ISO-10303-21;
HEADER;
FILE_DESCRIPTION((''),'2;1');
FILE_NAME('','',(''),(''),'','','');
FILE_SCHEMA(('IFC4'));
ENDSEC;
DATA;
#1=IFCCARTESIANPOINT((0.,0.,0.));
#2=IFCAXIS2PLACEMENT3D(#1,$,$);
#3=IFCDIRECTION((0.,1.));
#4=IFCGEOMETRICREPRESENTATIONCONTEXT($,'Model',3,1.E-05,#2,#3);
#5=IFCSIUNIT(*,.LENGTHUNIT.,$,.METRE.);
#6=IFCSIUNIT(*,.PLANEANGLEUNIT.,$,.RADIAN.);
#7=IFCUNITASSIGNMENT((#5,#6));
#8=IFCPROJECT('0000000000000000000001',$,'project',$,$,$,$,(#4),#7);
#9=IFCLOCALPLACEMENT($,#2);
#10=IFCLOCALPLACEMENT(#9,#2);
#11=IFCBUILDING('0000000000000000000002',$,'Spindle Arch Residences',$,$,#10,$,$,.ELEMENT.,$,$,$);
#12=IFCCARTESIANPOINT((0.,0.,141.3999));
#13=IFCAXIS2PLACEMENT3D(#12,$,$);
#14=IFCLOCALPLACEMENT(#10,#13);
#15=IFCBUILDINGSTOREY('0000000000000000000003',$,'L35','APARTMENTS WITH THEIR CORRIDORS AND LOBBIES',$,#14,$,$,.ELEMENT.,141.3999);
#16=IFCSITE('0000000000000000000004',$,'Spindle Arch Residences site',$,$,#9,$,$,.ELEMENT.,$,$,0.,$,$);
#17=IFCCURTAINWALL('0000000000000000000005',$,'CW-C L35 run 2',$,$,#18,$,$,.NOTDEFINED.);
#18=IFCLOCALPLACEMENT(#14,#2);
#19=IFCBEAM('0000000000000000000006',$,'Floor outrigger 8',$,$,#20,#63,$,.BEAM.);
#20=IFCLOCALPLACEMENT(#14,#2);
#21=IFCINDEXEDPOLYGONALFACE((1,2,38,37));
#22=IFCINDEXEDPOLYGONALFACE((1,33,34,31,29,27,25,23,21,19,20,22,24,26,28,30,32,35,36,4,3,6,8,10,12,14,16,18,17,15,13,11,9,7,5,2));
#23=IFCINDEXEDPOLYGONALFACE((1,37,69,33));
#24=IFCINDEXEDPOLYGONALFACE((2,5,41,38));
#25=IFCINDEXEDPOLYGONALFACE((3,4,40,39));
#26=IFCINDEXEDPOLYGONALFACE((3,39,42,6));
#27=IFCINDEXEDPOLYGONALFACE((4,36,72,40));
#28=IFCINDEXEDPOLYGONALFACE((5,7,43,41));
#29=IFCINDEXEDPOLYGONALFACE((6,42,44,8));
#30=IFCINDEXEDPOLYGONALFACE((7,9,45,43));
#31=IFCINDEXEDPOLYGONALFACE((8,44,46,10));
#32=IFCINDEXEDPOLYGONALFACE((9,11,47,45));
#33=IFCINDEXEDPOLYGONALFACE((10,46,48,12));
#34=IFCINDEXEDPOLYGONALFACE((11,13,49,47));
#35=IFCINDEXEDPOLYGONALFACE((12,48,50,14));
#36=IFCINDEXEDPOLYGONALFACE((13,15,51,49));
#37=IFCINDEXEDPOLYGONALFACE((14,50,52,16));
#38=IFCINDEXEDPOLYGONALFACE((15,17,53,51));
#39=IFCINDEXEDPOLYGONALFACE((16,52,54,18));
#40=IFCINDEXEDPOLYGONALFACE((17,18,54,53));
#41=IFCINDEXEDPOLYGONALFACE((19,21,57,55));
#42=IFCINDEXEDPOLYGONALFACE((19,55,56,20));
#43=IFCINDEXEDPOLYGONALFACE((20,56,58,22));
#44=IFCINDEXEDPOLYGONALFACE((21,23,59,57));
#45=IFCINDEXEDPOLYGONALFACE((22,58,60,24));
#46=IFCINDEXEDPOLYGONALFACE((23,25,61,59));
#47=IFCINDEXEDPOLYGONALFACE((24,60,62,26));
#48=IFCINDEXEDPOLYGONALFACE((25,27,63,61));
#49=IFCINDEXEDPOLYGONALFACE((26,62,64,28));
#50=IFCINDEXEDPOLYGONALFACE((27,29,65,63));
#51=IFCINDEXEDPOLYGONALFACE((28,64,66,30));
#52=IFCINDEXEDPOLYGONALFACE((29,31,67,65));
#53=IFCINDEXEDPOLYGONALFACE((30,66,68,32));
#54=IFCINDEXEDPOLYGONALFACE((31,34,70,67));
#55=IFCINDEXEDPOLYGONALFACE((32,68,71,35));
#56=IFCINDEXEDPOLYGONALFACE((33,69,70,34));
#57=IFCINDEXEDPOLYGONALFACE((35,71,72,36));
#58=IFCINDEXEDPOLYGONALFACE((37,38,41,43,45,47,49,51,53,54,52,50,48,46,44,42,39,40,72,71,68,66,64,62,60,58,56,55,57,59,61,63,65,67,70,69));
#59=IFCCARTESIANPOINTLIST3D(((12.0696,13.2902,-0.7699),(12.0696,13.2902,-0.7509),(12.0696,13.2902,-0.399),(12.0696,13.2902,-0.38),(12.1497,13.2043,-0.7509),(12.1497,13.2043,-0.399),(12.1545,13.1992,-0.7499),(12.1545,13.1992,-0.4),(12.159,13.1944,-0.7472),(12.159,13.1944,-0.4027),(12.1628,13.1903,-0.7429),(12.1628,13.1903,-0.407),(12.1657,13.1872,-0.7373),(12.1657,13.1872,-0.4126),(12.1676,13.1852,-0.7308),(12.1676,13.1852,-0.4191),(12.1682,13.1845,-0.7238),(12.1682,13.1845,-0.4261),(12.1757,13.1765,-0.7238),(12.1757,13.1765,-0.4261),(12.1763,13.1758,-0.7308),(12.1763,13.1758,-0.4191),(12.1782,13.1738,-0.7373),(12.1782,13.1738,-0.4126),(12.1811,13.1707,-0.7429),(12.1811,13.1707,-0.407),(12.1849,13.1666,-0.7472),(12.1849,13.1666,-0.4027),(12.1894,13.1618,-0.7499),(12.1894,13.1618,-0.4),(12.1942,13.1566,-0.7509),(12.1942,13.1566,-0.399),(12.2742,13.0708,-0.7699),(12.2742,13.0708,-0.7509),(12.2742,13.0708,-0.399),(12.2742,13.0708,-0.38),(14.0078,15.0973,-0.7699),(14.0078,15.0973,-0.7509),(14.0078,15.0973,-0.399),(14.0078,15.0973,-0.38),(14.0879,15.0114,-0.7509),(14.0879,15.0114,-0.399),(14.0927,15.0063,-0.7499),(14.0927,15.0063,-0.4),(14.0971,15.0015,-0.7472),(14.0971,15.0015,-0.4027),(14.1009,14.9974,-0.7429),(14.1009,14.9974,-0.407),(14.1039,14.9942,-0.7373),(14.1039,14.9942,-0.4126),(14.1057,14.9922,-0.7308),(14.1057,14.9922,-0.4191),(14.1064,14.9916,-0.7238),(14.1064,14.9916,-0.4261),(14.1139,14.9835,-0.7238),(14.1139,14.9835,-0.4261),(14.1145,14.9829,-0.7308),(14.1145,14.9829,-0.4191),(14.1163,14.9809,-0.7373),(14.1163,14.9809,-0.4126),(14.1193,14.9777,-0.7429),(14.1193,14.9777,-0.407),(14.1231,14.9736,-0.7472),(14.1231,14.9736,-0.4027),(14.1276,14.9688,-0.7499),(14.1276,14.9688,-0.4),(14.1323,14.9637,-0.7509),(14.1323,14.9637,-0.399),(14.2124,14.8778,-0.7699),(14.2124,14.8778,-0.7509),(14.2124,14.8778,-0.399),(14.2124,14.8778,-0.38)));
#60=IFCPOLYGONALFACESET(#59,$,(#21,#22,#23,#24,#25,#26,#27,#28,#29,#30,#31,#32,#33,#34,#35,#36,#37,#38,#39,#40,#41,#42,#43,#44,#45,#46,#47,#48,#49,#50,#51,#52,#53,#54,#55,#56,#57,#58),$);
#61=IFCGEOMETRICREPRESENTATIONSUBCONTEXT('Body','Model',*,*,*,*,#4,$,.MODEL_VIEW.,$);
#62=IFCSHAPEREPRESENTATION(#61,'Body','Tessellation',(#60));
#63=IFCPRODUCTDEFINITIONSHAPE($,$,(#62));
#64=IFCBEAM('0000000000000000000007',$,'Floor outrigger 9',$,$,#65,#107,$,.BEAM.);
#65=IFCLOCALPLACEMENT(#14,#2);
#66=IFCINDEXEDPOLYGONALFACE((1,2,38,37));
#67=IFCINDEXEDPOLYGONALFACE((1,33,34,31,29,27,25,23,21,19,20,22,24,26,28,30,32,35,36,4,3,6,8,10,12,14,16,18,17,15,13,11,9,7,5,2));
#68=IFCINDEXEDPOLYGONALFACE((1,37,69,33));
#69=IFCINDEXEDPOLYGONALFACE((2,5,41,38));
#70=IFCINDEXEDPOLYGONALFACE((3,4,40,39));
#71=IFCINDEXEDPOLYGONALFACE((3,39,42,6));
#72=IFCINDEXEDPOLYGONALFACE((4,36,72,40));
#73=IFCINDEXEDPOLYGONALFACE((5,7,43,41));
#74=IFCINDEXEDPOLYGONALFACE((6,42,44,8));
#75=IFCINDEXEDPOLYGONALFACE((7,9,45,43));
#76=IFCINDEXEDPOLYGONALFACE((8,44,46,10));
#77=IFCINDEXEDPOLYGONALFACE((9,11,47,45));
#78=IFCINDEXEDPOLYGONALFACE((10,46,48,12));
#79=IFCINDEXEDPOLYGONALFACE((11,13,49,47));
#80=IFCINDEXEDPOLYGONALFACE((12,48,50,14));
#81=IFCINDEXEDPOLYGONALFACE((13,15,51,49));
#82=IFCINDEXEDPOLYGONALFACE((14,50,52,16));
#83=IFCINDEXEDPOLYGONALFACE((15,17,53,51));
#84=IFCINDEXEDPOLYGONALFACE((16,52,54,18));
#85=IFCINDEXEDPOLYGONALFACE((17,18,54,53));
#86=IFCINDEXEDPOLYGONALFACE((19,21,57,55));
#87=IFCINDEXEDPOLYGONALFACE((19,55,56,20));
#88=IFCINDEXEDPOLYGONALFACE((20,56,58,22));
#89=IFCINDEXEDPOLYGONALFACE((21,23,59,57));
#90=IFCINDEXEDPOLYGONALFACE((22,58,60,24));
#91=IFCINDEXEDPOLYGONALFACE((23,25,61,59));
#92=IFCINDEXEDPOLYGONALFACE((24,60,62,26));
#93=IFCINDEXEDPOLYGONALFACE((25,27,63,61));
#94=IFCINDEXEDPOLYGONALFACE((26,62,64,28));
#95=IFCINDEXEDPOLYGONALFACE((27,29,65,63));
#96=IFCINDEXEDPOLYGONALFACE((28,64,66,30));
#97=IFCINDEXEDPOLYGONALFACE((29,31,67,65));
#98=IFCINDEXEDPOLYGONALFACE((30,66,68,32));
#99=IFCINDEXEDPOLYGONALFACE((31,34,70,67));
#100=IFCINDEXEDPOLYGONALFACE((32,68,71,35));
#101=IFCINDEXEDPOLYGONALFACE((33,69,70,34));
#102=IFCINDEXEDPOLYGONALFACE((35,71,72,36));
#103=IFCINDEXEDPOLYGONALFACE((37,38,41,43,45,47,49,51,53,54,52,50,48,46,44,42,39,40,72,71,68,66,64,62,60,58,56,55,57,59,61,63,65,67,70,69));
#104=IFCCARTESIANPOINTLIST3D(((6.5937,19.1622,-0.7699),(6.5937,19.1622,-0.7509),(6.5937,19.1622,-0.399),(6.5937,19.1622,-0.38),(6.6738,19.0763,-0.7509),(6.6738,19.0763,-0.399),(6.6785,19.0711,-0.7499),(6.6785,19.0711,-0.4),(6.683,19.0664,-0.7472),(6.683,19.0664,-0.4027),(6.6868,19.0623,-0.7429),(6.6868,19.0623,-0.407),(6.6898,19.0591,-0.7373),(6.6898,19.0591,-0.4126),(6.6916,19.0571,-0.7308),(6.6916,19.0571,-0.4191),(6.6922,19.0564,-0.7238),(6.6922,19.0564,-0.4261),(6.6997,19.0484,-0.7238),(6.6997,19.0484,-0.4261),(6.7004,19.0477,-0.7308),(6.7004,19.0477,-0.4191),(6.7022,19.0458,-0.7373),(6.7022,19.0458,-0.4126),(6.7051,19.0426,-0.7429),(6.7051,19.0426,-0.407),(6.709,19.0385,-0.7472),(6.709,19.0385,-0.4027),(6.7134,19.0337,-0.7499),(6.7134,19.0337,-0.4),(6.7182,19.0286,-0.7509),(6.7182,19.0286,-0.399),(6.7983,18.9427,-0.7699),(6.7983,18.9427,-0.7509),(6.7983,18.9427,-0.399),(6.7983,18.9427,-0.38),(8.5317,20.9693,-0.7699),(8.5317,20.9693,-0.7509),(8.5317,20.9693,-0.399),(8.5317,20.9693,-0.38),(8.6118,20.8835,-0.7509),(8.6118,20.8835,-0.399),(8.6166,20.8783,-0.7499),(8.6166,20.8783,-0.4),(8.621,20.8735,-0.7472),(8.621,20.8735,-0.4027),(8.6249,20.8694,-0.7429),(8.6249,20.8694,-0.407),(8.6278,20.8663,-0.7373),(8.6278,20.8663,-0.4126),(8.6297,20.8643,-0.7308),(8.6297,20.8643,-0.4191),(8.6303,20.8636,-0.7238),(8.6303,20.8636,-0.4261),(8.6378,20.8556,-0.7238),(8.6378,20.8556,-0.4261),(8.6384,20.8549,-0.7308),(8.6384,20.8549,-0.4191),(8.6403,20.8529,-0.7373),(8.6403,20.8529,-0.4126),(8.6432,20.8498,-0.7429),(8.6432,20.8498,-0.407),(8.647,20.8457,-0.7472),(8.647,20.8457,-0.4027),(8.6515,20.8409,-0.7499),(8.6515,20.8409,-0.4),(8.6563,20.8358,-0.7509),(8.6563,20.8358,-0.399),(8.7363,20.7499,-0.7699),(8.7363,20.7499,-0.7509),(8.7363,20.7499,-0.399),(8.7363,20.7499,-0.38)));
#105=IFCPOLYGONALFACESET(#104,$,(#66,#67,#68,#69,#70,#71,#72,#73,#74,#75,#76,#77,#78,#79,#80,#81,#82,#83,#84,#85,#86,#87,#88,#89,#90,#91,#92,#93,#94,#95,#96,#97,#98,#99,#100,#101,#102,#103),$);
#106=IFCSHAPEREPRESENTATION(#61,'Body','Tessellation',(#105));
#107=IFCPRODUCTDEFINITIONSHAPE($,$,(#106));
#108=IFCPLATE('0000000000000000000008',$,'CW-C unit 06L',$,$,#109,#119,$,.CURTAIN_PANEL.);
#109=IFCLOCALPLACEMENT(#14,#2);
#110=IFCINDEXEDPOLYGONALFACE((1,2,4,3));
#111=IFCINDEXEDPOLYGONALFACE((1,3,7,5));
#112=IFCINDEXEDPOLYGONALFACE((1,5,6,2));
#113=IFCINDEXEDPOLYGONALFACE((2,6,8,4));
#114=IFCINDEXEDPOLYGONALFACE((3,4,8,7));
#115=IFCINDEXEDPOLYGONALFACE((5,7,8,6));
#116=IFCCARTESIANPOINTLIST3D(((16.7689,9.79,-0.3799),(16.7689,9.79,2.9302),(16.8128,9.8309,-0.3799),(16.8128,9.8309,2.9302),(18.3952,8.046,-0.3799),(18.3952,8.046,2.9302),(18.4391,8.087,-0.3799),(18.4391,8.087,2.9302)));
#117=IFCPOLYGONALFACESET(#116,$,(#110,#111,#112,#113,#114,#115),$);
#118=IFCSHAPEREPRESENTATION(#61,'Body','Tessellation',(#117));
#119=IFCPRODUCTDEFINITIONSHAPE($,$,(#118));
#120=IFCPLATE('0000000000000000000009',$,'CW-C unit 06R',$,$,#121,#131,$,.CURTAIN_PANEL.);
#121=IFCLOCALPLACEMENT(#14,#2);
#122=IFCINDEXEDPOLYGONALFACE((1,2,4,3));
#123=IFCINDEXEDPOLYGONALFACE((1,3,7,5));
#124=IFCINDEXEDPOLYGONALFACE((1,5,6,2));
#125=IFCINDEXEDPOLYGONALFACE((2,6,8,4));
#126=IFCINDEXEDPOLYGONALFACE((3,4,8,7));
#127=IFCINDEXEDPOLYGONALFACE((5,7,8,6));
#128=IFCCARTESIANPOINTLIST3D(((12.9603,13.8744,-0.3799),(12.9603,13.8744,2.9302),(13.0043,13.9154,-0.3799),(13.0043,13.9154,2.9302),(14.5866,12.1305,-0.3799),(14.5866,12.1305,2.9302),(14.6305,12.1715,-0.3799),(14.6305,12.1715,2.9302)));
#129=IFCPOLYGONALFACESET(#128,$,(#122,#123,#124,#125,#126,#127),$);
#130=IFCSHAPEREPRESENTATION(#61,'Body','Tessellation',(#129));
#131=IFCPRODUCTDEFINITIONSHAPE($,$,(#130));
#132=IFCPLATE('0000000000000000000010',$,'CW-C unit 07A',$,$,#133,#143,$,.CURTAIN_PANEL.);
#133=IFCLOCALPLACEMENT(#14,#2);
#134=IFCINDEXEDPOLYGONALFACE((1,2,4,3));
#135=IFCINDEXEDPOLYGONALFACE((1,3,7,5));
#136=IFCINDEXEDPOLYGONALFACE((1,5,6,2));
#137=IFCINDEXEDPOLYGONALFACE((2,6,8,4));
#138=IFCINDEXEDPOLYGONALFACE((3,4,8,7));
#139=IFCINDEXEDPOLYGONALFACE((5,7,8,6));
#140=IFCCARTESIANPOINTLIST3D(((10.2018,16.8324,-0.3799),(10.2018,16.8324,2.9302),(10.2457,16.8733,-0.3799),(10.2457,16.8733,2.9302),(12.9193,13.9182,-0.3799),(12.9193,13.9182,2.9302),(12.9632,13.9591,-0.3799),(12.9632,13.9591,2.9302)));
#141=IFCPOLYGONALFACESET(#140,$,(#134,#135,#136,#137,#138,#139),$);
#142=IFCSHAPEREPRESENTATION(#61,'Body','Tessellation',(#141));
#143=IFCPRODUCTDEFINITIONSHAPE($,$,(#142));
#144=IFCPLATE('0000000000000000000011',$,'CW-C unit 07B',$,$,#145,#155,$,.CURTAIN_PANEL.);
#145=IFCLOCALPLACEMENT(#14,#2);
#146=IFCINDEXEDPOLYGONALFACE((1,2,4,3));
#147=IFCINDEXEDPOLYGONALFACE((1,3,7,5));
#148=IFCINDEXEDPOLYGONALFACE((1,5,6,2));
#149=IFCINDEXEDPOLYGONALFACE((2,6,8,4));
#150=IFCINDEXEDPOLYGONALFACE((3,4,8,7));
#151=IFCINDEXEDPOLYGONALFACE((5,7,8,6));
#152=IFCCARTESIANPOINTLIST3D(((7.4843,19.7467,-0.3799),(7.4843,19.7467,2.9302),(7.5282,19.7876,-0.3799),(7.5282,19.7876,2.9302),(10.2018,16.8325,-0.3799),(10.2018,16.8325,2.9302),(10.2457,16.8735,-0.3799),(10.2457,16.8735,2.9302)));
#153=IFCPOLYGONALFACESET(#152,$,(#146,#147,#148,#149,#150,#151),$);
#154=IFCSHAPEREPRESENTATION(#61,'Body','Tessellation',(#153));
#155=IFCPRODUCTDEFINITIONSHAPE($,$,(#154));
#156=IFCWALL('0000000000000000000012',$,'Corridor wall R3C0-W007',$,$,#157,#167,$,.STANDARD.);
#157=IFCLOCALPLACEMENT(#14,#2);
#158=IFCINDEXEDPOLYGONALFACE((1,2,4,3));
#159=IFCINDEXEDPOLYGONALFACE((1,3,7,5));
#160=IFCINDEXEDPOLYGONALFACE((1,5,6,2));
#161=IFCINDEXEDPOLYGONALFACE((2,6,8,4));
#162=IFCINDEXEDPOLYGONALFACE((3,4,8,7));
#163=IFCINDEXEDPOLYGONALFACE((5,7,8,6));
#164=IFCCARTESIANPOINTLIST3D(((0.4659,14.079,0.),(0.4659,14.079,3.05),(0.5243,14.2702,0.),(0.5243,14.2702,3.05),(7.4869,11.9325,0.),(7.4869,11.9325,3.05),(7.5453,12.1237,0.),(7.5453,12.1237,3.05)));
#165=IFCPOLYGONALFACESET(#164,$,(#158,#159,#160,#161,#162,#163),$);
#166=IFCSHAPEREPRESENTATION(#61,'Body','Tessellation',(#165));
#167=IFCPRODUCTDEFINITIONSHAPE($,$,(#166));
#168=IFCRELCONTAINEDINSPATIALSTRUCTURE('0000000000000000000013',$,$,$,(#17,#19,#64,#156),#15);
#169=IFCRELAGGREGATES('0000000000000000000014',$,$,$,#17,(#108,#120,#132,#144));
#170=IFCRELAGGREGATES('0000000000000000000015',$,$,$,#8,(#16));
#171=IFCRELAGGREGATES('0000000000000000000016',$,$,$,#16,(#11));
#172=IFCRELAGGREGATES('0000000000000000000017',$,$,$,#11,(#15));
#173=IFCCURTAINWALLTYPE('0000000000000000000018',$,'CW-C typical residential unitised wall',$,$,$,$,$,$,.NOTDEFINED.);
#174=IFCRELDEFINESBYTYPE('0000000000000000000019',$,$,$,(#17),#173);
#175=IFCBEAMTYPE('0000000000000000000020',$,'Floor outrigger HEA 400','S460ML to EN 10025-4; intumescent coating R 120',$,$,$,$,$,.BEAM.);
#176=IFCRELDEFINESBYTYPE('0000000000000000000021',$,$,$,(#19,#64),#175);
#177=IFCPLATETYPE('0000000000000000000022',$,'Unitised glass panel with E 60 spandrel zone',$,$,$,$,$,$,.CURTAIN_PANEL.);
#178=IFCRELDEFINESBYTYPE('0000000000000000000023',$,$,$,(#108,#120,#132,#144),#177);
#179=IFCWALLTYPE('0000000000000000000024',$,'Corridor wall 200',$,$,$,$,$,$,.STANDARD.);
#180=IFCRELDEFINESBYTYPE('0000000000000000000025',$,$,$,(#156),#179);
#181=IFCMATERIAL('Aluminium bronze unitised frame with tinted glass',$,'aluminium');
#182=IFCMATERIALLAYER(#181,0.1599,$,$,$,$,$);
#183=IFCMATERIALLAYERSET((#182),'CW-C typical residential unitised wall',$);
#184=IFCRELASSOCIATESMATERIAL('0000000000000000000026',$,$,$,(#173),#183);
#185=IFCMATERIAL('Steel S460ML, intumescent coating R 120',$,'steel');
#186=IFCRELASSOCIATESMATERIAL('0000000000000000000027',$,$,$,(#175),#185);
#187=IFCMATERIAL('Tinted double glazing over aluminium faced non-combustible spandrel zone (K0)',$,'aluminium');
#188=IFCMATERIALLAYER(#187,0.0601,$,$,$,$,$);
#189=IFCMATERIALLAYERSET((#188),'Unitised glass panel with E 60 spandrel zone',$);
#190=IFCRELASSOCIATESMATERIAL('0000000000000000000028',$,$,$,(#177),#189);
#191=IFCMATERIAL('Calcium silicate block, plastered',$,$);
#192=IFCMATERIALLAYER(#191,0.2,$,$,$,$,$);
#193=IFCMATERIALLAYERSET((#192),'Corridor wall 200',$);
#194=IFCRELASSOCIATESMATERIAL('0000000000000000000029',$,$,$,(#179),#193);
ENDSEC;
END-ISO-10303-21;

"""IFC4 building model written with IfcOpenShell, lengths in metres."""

from ifc_helpers import new_model, si_unit, direction, frame, frame_2d, origin, origin_2d, place, context, subcontext, project, spatial, rectangle, i_section, extrude, material, layer, layer_set, material_profile, profile_set, type_object, element, aggregate, save


model = new_model("IFC4")

# Units and contexts
model_context = context("Model", 3, precision=1e-05, world=origin(), true_north=direction((0.0, 1.0)))
body_context = subcontext(model_context, "Body", "Model", "MODEL_VIEW")
ifc_project = project(units=[si_unit("LENGTHUNIT", "METRE"), si_unit("PLANEANGLEUNIT", "RADIAN")], contexts=[model_context])

# Site, building, storey
site_placement = place(None, origin())
site = spatial("IfcSite", under=ifc_project, at=site_placement, Name="Spindle Arch Residences site", CompositionType="ELEMENT", RefElevation=0.0)
building_placement = place(site_placement, origin())
building = spatial("IfcBuilding", under=site, at=building_placement, Name="Spindle Arch Residences", CompositionType="ELEMENT")
storey_placement = place(building_placement, frame((0.0, 0.0, 141.3999)))
storey = spatial("IfcBuildingStorey", under=building, at=storey_placement, Name="L35", Description="APARTMENTS WITH THEIR CORRIDORS AND LOBBIES", CompositionType="ELEMENT", Elevation=141.3999)

# Curtain wall
ifc_material_1 = material(Name="Aluminium bronze unitised frame with tinted glass", Category="aluminium")
ifc_layer_1 = layer(ifc_material_1, 0.1599)
ifc_layer_set_1 = layer_set([ifc_layer_1], Name="CW-C typical residential unitised wall")
curtain_wall_type = type_object("IfcCurtainWallType", Name="CW-C typical residential unitised wall", PredefinedType="NOTDEFINED", material=ifc_layer_set_1)
curtain_wall_placement = place(storey_placement, origin())
curtain_wall = element("IfcCurtainWall", 1, at=curtain_wall_placement, inside=storey, type_object=curtain_wall_type, Name="CW-C L35 run 2", PredefinedType="NOTDEFINED")

# Beams
ifc_material_2 = material(Name="Steel S460ML, intumescent coating R 120", Category="steel")
ifc_material_profile_1 = material_profile(ifc_material_2, i_section(OverallWidth=0.3, OverallDepth=0.3899, WebThickness=0.011, FlangeThickness=0.019, FilletRadius=0.0271, at=origin_2d()), Name="HEA 400")
ifc_profile_set_1 = profile_set([ifc_material_profile_1], Name="Steel S460ML, intumescent coating R 120")
beam_type_1 = type_object("IfcBeamType", Name="Floor outrigger HEA 400", Description="S460ML to EN 10025-4; intumescent coating R 120", PredefinedType="BEAM", material=ifc_profile_set_1)
for number, where, z_axis, x_axis, name in (
    (2, (14.1101, 14.9875, -0.575), (-0.731411, -0.681937, 0.0), (0.681937, -0.731411, 0.0), "Floor outrigger 8"),
    (3, (8.634, 20.8596, -0.575), (-0.731368, -0.681983, 0.0), (0.681983, -0.731368, 0.0), "Floor outrigger 9"),
):
    element("IfcBeam", number, at=place(storey_placement, frame(where, z_axis=z_axis, x_axis=x_axis)), inside=storey, type_object=beam_type_1, Name=name, PredefinedType="BEAM", context=body_context, shape_type="SweptSolid", body=[
        extrude(i_section(OverallWidth=0.3, OverallDepth=0.3899, WebThickness=0.011, FlangeThickness=0.019, FilletRadius=0.0271, at=origin_2d()), origin(), (0.0, 0.0, 1.0), 2.6499),
    ])

# Plates
ifc_material_3 = material(Name="Tinted double glazing over aluminium faced non-combustible spandrel zone (K0)", Category="aluminium")
ifc_layer_2 = layer(ifc_material_3, 0.0601)
ifc_layer_set_2 = layer_set([ifc_layer_2], Name="Unitised glass panel with E 60 spandrel zone")
plate_type = type_object("IfcPlateType", Name="Unitised glass panel with E 60 spandrel zone", PredefinedType="CURTAIN_PANEL", material=ifc_layer_set_2)
plate_1_placement = place(storey_placement, frame((17.604, 8.9385, -0.3799), z_axis=(0.0, 0.0, 1.0), x_axis=(-0.681998, 0.731354, 0.0)))
plate_1 = element("IfcPlate", 4, at=plate_1_placement, type_object=plate_type, Name="CW-C unit 06L", PredefinedType="CURTAIN_PANEL", context=body_context, shape_type="SweptSolid", body=[
    extrude(rectangle(XDim=2.3845, YDim=0.0601, at=origin_2d()), origin(), (0.0, 0.0, 1.0), 3.3101),
])
plate_2_placement = place(storey_placement, frame((13.7954, 13.0229, -0.3799), z_axis=(0.0, 0.0, 1.0), x_axis=(-0.681998, 0.731354, 0.0)))
plate_2 = element("IfcPlate", 5, at=plate_2_placement, type_object=plate_type, Name="CW-C unit 06R", PredefinedType="CURTAIN_PANEL", context=body_context, shape_type="SweptSolid", body=[
    extrude(rectangle(XDim=2.3845, YDim=0.0601, at=origin_2d()), origin(), (0.0, 0.0, 1.0), 3.3101),
])
plate_3_placement = place(storey_placement, frame((11.5825, 15.3958, -0.3799), z_axis=(0.0, 0.0, 1.0), x_axis=(-0.681998, 0.731354, 0.0)))
plate_3 = element("IfcPlate", 6, at=plate_3_placement, type_object=plate_type, Name="CW-C unit 07A", PredefinedType="CURTAIN_PANEL", context=body_context, shape_type="SweptSolid", body=[
    extrude(rectangle(XDim=3.9846, YDim=0.0601, at=origin_2d()), origin(), (0.0, 0.0, 1.0), 3.3101),
])
plate_4_placement = place(storey_placement, frame((8.865, 18.3101, -0.3799), z_axis=(0.0, 0.0, 1.0), x_axis=(-0.681998, 0.731354, 0.0)))
plate_4 = element("IfcPlate", 7, at=plate_4_placement, type_object=plate_type, Name="CW-C unit 07B", PredefinedType="CURTAIN_PANEL", context=body_context, shape_type="SweptSolid", body=[
    extrude(rectangle(XDim=3.9846, YDim=0.0601, at=origin_2d()), origin(), (0.0, 0.0, 1.0), 3.3101),
])
aggregate(curtain_wall, [plate_1, plate_2, plate_3, plate_4])

# Wall
ifc_material_4 = material(Name="Calcium silicate block, plastered")
ifc_layer_3 = layer(ifc_material_4, 0.2)
ifc_layer_set_3 = layer_set([ifc_layer_3], Name="Corridor wall 200")
wall_type_1 = type_object("IfcWallType", Name="Corridor wall 200", PredefinedType="STANDARD", material=ifc_layer_set_3)
wall_1_placement = place(storey_placement, frame((7.5161, 12.0281, 0.0), z_axis=(0.0, 0.0, 1.0), x_axis=(-0.956307, 0.292366, 0.0)))
element("IfcWall", 8, at=wall_1_placement, inside=storey, type_object=wall_type_1, Name="Corridor wall R3C0-W007", PredefinedType="STANDARD", context=body_context, shape_type="SweptSolid", body=[
    extrude(rectangle(XDim=7.3418, YDim=0.2, at=frame_2d((3.6709, 0.0))), origin(), (0.0, 0.0, 1.0), 3.05),
])

save(model, "model.ifc")
